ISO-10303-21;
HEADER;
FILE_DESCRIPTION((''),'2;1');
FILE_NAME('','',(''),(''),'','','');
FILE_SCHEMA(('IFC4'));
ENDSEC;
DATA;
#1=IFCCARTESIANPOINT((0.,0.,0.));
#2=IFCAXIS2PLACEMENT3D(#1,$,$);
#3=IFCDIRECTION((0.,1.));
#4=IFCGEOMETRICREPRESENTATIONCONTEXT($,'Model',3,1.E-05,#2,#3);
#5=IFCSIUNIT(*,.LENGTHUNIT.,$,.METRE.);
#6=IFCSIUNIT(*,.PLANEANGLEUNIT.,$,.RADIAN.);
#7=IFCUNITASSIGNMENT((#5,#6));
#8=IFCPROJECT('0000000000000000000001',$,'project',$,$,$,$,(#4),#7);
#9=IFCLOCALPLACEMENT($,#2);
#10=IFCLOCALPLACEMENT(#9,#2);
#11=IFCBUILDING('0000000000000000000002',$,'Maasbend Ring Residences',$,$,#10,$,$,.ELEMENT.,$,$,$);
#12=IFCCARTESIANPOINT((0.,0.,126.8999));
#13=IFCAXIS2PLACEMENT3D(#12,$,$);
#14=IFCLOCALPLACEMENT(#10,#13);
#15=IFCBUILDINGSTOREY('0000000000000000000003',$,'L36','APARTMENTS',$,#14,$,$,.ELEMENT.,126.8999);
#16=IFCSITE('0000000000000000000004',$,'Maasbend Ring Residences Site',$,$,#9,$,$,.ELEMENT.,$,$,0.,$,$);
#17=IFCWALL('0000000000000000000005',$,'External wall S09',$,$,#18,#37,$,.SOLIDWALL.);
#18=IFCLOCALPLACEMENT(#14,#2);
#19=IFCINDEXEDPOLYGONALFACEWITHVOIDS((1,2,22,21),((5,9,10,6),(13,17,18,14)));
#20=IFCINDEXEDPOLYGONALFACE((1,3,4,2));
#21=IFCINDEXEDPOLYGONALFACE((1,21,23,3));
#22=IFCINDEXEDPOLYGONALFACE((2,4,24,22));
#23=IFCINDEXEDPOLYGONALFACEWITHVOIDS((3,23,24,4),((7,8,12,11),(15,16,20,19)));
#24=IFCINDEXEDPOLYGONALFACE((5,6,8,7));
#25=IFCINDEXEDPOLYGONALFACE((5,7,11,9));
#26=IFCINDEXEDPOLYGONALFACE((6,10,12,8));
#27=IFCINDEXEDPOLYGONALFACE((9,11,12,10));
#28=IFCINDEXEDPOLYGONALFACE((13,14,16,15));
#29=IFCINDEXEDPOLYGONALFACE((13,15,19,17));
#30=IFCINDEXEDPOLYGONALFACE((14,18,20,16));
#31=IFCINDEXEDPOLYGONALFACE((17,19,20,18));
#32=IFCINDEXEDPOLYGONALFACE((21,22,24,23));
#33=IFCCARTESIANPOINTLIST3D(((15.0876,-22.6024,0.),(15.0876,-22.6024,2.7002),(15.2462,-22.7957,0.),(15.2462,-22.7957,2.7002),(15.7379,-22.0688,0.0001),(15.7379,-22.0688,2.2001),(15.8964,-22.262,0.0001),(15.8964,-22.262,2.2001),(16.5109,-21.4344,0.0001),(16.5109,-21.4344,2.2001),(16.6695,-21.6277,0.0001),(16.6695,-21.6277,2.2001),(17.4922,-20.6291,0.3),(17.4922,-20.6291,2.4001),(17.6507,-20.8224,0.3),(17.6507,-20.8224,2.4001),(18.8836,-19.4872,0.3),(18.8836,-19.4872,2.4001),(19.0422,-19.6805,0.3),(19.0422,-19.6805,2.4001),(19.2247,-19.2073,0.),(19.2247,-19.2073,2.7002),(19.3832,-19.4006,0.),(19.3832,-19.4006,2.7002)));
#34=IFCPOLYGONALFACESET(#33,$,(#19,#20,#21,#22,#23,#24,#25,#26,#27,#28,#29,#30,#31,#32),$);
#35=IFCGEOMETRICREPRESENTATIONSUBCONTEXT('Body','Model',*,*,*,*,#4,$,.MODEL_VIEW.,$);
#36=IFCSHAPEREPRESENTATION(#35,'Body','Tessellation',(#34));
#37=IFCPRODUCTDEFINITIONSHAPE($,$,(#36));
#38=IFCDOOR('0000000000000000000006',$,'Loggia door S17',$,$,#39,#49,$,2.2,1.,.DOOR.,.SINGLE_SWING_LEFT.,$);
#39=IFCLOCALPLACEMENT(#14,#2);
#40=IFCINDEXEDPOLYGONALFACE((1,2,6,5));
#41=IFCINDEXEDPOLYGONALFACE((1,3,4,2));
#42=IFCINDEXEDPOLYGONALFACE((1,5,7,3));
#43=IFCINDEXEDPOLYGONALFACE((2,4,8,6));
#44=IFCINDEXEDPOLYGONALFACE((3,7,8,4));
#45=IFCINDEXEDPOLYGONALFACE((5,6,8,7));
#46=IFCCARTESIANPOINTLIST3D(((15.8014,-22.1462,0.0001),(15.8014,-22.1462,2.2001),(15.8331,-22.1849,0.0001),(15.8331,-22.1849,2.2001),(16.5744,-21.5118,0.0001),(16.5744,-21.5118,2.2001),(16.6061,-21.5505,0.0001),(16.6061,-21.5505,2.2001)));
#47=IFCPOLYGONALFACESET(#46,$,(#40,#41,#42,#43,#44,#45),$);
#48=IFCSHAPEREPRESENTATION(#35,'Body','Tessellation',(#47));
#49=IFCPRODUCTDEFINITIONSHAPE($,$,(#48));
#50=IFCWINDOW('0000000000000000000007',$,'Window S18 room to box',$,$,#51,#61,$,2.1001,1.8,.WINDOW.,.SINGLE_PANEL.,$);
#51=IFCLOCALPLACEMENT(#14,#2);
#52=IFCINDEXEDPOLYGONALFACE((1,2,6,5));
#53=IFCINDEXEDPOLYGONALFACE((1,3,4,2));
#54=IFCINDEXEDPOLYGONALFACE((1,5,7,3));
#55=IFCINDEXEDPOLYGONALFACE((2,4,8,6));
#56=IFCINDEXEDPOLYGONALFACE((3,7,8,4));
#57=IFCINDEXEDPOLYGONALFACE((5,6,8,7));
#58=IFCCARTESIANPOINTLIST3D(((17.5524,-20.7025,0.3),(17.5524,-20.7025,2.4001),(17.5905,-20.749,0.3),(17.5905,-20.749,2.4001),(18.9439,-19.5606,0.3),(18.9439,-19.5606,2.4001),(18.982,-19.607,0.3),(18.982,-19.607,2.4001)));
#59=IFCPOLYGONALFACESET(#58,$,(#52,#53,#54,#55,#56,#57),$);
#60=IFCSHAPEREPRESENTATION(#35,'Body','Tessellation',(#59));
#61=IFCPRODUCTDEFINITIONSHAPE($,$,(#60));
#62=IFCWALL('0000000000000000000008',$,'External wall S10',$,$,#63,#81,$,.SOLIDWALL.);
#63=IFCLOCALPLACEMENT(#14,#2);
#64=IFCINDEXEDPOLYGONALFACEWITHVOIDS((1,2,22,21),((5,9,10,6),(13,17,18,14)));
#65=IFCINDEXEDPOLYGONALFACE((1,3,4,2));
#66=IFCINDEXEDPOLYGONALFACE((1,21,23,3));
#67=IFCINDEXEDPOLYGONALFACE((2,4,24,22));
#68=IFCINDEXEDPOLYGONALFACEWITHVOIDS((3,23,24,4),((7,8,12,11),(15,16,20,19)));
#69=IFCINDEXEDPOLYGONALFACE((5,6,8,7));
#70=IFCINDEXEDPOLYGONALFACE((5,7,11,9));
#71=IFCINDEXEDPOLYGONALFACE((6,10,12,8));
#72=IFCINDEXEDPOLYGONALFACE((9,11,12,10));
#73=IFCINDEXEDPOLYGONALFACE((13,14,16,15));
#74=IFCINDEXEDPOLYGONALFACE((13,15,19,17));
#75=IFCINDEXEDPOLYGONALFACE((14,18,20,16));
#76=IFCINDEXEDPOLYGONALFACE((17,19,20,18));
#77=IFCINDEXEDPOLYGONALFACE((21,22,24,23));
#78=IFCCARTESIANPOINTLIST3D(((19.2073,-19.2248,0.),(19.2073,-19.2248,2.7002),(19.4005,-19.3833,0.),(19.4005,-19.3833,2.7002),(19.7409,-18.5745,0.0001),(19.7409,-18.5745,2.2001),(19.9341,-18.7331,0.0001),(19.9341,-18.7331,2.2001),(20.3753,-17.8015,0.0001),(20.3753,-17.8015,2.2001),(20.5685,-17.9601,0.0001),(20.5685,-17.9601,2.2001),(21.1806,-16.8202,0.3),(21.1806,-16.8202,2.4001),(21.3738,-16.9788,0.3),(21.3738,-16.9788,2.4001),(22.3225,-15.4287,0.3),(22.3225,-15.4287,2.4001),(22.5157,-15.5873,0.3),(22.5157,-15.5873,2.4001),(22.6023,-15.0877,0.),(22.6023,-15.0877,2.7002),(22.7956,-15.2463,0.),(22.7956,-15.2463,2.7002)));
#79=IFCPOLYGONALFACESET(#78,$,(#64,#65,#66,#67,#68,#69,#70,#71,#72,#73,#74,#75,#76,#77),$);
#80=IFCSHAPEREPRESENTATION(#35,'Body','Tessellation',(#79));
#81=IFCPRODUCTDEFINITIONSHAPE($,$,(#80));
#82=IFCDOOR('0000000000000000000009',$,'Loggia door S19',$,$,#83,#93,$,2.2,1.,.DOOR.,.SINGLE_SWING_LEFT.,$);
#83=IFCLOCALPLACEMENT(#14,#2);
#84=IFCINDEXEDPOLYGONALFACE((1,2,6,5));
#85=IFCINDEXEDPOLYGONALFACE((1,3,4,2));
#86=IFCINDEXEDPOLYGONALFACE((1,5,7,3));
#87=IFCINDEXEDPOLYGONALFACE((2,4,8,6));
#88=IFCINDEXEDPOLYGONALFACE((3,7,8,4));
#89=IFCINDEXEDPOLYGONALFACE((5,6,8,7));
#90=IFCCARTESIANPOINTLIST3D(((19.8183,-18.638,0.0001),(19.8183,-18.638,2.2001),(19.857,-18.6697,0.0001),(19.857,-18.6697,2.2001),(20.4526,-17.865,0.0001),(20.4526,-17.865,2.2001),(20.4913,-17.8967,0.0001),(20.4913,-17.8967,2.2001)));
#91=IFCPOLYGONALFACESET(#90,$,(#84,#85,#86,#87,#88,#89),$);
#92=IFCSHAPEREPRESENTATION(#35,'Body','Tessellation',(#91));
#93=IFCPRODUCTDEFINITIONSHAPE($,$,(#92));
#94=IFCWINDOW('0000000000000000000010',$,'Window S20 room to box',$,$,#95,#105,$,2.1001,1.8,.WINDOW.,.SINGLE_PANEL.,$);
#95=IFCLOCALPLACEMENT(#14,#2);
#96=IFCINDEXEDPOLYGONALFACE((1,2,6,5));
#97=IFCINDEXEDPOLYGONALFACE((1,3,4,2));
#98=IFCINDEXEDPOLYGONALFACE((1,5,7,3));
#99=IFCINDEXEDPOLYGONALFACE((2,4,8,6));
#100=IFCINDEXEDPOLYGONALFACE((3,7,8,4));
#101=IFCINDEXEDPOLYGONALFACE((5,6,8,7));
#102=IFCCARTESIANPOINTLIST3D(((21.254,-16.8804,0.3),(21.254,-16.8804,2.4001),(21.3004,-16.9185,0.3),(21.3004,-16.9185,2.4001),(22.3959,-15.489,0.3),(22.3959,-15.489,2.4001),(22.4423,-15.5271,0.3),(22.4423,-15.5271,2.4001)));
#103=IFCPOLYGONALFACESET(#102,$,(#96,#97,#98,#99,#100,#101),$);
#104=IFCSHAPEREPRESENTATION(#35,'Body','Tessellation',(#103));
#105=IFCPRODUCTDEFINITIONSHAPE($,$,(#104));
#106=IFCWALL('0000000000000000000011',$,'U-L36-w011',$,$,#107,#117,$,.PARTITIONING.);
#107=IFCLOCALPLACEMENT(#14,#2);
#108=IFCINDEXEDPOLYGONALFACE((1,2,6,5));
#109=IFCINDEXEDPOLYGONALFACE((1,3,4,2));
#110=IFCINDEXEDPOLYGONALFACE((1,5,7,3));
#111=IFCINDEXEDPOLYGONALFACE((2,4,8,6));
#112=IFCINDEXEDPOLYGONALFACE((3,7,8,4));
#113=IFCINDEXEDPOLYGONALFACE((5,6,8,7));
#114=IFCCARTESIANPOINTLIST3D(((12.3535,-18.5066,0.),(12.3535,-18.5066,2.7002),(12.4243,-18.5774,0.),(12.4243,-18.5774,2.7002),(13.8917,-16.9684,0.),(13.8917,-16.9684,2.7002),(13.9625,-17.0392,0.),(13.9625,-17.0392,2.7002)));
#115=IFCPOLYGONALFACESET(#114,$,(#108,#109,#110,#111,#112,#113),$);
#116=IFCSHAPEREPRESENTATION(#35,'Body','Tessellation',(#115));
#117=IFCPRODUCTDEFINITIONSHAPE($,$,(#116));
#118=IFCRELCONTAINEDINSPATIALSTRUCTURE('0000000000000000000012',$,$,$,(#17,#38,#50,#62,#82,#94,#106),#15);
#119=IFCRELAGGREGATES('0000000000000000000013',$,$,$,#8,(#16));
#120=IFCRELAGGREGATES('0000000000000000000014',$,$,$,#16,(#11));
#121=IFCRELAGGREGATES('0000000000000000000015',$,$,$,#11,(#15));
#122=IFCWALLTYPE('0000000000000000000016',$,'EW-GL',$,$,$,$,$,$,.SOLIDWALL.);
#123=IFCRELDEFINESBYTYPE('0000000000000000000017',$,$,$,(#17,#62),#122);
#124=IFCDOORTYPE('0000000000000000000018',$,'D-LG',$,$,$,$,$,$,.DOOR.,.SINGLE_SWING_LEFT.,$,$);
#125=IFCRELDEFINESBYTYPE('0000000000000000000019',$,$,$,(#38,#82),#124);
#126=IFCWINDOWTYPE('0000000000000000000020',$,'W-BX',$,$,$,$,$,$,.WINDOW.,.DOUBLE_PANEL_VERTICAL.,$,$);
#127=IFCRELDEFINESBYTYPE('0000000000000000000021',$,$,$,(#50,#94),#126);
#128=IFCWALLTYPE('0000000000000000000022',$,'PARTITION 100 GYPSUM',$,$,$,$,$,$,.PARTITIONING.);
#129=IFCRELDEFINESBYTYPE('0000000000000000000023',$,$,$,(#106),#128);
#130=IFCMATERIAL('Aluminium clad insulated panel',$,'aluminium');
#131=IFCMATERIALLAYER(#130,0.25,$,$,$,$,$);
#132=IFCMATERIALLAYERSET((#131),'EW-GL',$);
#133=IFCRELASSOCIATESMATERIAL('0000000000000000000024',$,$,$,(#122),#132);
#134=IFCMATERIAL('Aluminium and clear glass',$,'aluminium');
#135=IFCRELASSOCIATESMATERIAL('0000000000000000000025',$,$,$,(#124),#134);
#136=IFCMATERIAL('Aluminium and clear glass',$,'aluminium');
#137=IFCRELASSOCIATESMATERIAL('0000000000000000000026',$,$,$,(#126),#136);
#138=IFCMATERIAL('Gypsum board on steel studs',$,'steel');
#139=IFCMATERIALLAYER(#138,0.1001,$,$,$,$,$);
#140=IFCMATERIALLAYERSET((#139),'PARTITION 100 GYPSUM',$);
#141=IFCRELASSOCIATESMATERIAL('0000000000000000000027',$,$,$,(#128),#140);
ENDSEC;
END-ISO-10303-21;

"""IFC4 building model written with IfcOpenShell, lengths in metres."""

from ifc_helpers import new_model, si_unit, direction, frame, frame_2d, origin, place, context, subcontext, project, spatial, rectangle, extrude, material, layer, layer_set, type_object, element, fill, save


model = new_model("IFC4")

# Units and contexts
model_context = context("Model", 3, precision=1e-05, world=origin(), true_north=direction((0.0, 1.0)))
body_context = subcontext(model_context, "Body", "Model", "MODEL_VIEW")
ifc_project = project(units=[si_unit("LENGTHUNIT", "METRE"), si_unit("PLANEANGLEUNIT", "RADIAN")], contexts=[model_context])

# Site, building, storey
site_placement = place(None, origin())
site = spatial("IfcSite", under=ifc_project, at=site_placement, Name="Maasbend Ring Residences Site", CompositionType="ELEMENT", RefElevation=0.0)
building_placement = place(site_placement, origin())
building = spatial("IfcBuilding", under=site, at=building_placement, Name="Maasbend Ring Residences", CompositionType="ELEMENT")
storey_placement = place(building_placement, frame((0.0, 0.0, 126.8999)))
storey = spatial("IfcBuildingStorey", under=building, at=storey_placement, Name="L36", Description="APARTMENTS", CompositionType="ELEMENT", Elevation=126.8999)

# Walls, openings, doors, windows
ifc_material_1 = material(Name="Aluminium clad insulated panel", Category="aluminium")
ifc_layer_1 = layer(ifc_material_1, 0.25)
ifc_layer_set_1 = layer_set([ifc_layer_1], Name="EW-GL")
wall_type_1 = type_object("IfcWallType", Name="EW-GL", PredefinedType="SOLIDWALL", material=ifc_layer_set_1)
ifc_material_2 = material(Name="Aluminium and clear glass", Category="aluminium")
door_type = type_object("IfcDoorType", Name="D-LG", OperationType="SINGLE_SWING_LEFT", PredefinedType="DOOR", material=ifc_material_2)
ifc_material_3 = material(Name="Aluminium and clear glass", Category="aluminium")
window_type_1 = type_object("IfcWindowType", Name="W-BX", PartitioningType="DOUBLE_PANEL_VERTICAL", PredefinedType="WINDOW", material=ifc_material_3)
wall_1_placement = place(storey_placement, frame((15.167, -22.699, 0.0), z_axis=(0.0, 0.0, 1.0), x_axis=(0.773019, 0.634382, 0.0)))
wall_1 = element("IfcWall", 1, at=wall_1_placement, inside=storey, type_object=wall_type_1, Name="External wall S09", PredefinedType="SOLIDWALL", context=body_context, shape_type="SweptSolid", body=[
    extrude(rectangle(XDim=5.3518, YDim=0.25, at=frame_2d((2.6758, 0.0))), origin(), (0.0, 0.0, 1.0), 2.7002),
])
opening_1_placement = place(wall_1_placement, frame((0.8411, 0.0, 0.0)))
opening_1 = element("IfcOpeningElement", 2, at=opening_1_placement, cuts=wall_1, PredefinedType="OPENING", context=body_context, shape_type="SweptSolid", body=[
    extrude(rectangle(XDim=1.0, YDim=2.2, at=frame_2d((0.5, 1.1001))), frame((0.0, 0.135, 0.0), z_axis=(0.0, -1.0, 0.0), x_axis=(1.0, 0.0, 0.0)), (0.0, 0.0, 1.0), 0.27),
])
opening_2_placement = place(wall_1_placement, frame((3.1106, 0.0, 0.3)))
opening_2 = element("IfcOpeningElement", 3, at=opening_2_placement, cuts=wall_1, PredefinedType="OPENING", context=body_context, shape_type="SweptSolid", body=[
    extrude(rectangle(XDim=1.8, YDim=2.1001, at=frame_2d((0.8999, 1.05))), frame((0.0, 0.135, 0.0), z_axis=(0.0, -1.0, 0.0), x_axis=(1.0, 0.0, 0.0)), (0.0, 0.0, 1.0), 0.27),
])
door_1_placement = place(opening_1_placement, origin())
door_1 = element("IfcDoor", 4, at=door_1_placement, inside=storey, type_object=door_type, Name="Loggia door S17", OperationType="SINGLE_SWING_LEFT", OverallHeight=2.2, OverallWidth=1.0, PredefinedType="DOOR", context=body_context, shape_type="SweptSolid", body=[
    extrude(rectangle(XDim=1.0, YDim=2.2, at=frame_2d((0.5, 1.1001))), frame((0.0, 0.0249, 0.0), z_axis=(0.0, -1.0, 0.0), x_axis=(1.0, 0.0, 0.0)), (0.0, 0.0, 1.0), 0.05),
])
fill(opening_1, door_1)
window_1_placement = place(opening_2_placement, origin())
window_1 = element("IfcWindow", 5, at=window_1_placement, inside=storey, type_object=window_type_1, Name="Window S18 room to box", OverallHeight=2.1001, OverallWidth=1.8, PartitioningType="SINGLE_PANEL", PredefinedType="WINDOW", context=body_context, shape_type="SweptSolid", body=[
    extrude(rectangle(XDim=1.8, YDim=2.1001, at=frame_2d((0.8999, 1.05))), frame((0.0, 0.03, 0.0), z_axis=(0.0, -1.0, 0.0), x_axis=(1.0, 0.0, 0.0)), (0.0, 0.0, 1.0), 0.0601),
])
fill(opening_2, window_1)
wall_2_placement = place(storey_placement, frame((19.304, -19.304, 0.0), z_axis=(0.0, 0.0, 1.0), x_axis=(0.634382, 0.773019, 0.0)))
wall_2 = element("IfcWall", 6, at=wall_2_placement, inside=storey, type_object=wall_type_1, Name="External wall S10", PredefinedType="SOLIDWALL", context=body_context, shape_type="SweptSolid", body=[
    extrude(rectangle(XDim=5.3518, YDim=0.25, at=frame_2d((2.6758, 0.0))), origin(), (0.0, 0.0, 1.0), 2.7002),
])
opening_3_placement = place(wall_2_placement, frame((0.8411, 0.0, 0.0)))
opening_3 = element("IfcOpeningElement", 7, at=opening_3_placement, cuts=wall_2, PredefinedType="OPENING", context=body_context, shape_type="SweptSolid", body=[
    extrude(rectangle(XDim=1.0, YDim=2.2, at=frame_2d((0.5, 1.1001))), frame((0.0, 0.135, 0.0), z_axis=(0.0, -1.0, 0.0), x_axis=(1.0, 0.0, 0.0)), (0.0, 0.0, 1.0), 0.27),
])
opening_4_placement = place(wall_2_placement, frame((3.1106, 0.0, 0.3)))
opening_4 = element("IfcOpeningElement", 8, at=opening_4_placement, cuts=wall_2, PredefinedType="OPENING", context=body_context, shape_type="SweptSolid", body=[
    extrude(rectangle(XDim=1.8, YDim=2.1001, at=frame_2d((0.8999, 1.05))), frame((0.0, 0.135, 0.0), z_axis=(0.0, -1.0, 0.0), x_axis=(1.0, 0.0, 0.0)), (0.0, 0.0, 1.0), 0.27),
])
door_2_placement = place(opening_3_placement, origin())
door_2 = element("IfcDoor", 9, at=door_2_placement, inside=storey, type_object=door_type, Name="Loggia door S19", OperationType="SINGLE_SWING_LEFT", OverallHeight=2.2, OverallWidth=1.0, PredefinedType="DOOR", context=body_context, shape_type="SweptSolid", body=[
    extrude(rectangle(XDim=1.0, YDim=2.2, at=frame_2d((0.5, 1.1001))), frame((0.0, 0.0249, 0.0), z_axis=(0.0, -1.0, 0.0), x_axis=(1.0, 0.0, 0.0)), (0.0, 0.0, 1.0), 0.05),
])
fill(opening_3, door_2)
window_2_placement = place(opening_4_placement, origin())
window_2 = element("IfcWindow", 10, at=window_2_placement, inside=storey, type_object=window_type_1, Name="Window S20 room to box", OverallHeight=2.1001, OverallWidth=1.8, PartitioningType="SINGLE_PANEL", PredefinedType="WINDOW", context=body_context, shape_type="SweptSolid", body=[
    extrude(rectangle(XDim=1.8, YDim=2.1001, at=frame_2d((0.8999, 1.05))), frame((0.0, 0.03, 0.0), z_axis=(0.0, -1.0, 0.0), x_axis=(1.0, 0.0, 0.0)), (0.0, 0.0, 1.0), 0.0601),
])
fill(opening_4, window_2)

# Wall
ifc_material_4 = material(Name="Gypsum board on steel studs", Category="steel")
ifc_layer_2 = layer(ifc_material_4, 0.1001)
ifc_layer_set_2 = layer_set([ifc_layer_2], Name="PARTITION 100 GYPSUM")
wall_type_2 = type_object("IfcWallType", Name="PARTITION 100 GYPSUM", PredefinedType="PARTITIONING", material=ifc_layer_set_2)
wall_3_placement = place(storey_placement, frame((12.3889, -18.542, 0.0), z_axis=(0.0, 0.0, 1.0), x_axis=(0.707107, 0.707107, 0.0)))
element("IfcWall", 11, at=wall_3_placement, inside=storey, type_object=wall_type_2, Name="U-L36-w011", PredefinedType="PARTITIONING", context=body_context, shape_type="SweptSolid", body=[
    extrude(rectangle(XDim=2.1753, YDim=0.1001, at=frame_2d((1.0876, 0.0))), origin(), (0.0, 0.0, 1.0), 2.7002),
])

save(model, "model.ifc")
